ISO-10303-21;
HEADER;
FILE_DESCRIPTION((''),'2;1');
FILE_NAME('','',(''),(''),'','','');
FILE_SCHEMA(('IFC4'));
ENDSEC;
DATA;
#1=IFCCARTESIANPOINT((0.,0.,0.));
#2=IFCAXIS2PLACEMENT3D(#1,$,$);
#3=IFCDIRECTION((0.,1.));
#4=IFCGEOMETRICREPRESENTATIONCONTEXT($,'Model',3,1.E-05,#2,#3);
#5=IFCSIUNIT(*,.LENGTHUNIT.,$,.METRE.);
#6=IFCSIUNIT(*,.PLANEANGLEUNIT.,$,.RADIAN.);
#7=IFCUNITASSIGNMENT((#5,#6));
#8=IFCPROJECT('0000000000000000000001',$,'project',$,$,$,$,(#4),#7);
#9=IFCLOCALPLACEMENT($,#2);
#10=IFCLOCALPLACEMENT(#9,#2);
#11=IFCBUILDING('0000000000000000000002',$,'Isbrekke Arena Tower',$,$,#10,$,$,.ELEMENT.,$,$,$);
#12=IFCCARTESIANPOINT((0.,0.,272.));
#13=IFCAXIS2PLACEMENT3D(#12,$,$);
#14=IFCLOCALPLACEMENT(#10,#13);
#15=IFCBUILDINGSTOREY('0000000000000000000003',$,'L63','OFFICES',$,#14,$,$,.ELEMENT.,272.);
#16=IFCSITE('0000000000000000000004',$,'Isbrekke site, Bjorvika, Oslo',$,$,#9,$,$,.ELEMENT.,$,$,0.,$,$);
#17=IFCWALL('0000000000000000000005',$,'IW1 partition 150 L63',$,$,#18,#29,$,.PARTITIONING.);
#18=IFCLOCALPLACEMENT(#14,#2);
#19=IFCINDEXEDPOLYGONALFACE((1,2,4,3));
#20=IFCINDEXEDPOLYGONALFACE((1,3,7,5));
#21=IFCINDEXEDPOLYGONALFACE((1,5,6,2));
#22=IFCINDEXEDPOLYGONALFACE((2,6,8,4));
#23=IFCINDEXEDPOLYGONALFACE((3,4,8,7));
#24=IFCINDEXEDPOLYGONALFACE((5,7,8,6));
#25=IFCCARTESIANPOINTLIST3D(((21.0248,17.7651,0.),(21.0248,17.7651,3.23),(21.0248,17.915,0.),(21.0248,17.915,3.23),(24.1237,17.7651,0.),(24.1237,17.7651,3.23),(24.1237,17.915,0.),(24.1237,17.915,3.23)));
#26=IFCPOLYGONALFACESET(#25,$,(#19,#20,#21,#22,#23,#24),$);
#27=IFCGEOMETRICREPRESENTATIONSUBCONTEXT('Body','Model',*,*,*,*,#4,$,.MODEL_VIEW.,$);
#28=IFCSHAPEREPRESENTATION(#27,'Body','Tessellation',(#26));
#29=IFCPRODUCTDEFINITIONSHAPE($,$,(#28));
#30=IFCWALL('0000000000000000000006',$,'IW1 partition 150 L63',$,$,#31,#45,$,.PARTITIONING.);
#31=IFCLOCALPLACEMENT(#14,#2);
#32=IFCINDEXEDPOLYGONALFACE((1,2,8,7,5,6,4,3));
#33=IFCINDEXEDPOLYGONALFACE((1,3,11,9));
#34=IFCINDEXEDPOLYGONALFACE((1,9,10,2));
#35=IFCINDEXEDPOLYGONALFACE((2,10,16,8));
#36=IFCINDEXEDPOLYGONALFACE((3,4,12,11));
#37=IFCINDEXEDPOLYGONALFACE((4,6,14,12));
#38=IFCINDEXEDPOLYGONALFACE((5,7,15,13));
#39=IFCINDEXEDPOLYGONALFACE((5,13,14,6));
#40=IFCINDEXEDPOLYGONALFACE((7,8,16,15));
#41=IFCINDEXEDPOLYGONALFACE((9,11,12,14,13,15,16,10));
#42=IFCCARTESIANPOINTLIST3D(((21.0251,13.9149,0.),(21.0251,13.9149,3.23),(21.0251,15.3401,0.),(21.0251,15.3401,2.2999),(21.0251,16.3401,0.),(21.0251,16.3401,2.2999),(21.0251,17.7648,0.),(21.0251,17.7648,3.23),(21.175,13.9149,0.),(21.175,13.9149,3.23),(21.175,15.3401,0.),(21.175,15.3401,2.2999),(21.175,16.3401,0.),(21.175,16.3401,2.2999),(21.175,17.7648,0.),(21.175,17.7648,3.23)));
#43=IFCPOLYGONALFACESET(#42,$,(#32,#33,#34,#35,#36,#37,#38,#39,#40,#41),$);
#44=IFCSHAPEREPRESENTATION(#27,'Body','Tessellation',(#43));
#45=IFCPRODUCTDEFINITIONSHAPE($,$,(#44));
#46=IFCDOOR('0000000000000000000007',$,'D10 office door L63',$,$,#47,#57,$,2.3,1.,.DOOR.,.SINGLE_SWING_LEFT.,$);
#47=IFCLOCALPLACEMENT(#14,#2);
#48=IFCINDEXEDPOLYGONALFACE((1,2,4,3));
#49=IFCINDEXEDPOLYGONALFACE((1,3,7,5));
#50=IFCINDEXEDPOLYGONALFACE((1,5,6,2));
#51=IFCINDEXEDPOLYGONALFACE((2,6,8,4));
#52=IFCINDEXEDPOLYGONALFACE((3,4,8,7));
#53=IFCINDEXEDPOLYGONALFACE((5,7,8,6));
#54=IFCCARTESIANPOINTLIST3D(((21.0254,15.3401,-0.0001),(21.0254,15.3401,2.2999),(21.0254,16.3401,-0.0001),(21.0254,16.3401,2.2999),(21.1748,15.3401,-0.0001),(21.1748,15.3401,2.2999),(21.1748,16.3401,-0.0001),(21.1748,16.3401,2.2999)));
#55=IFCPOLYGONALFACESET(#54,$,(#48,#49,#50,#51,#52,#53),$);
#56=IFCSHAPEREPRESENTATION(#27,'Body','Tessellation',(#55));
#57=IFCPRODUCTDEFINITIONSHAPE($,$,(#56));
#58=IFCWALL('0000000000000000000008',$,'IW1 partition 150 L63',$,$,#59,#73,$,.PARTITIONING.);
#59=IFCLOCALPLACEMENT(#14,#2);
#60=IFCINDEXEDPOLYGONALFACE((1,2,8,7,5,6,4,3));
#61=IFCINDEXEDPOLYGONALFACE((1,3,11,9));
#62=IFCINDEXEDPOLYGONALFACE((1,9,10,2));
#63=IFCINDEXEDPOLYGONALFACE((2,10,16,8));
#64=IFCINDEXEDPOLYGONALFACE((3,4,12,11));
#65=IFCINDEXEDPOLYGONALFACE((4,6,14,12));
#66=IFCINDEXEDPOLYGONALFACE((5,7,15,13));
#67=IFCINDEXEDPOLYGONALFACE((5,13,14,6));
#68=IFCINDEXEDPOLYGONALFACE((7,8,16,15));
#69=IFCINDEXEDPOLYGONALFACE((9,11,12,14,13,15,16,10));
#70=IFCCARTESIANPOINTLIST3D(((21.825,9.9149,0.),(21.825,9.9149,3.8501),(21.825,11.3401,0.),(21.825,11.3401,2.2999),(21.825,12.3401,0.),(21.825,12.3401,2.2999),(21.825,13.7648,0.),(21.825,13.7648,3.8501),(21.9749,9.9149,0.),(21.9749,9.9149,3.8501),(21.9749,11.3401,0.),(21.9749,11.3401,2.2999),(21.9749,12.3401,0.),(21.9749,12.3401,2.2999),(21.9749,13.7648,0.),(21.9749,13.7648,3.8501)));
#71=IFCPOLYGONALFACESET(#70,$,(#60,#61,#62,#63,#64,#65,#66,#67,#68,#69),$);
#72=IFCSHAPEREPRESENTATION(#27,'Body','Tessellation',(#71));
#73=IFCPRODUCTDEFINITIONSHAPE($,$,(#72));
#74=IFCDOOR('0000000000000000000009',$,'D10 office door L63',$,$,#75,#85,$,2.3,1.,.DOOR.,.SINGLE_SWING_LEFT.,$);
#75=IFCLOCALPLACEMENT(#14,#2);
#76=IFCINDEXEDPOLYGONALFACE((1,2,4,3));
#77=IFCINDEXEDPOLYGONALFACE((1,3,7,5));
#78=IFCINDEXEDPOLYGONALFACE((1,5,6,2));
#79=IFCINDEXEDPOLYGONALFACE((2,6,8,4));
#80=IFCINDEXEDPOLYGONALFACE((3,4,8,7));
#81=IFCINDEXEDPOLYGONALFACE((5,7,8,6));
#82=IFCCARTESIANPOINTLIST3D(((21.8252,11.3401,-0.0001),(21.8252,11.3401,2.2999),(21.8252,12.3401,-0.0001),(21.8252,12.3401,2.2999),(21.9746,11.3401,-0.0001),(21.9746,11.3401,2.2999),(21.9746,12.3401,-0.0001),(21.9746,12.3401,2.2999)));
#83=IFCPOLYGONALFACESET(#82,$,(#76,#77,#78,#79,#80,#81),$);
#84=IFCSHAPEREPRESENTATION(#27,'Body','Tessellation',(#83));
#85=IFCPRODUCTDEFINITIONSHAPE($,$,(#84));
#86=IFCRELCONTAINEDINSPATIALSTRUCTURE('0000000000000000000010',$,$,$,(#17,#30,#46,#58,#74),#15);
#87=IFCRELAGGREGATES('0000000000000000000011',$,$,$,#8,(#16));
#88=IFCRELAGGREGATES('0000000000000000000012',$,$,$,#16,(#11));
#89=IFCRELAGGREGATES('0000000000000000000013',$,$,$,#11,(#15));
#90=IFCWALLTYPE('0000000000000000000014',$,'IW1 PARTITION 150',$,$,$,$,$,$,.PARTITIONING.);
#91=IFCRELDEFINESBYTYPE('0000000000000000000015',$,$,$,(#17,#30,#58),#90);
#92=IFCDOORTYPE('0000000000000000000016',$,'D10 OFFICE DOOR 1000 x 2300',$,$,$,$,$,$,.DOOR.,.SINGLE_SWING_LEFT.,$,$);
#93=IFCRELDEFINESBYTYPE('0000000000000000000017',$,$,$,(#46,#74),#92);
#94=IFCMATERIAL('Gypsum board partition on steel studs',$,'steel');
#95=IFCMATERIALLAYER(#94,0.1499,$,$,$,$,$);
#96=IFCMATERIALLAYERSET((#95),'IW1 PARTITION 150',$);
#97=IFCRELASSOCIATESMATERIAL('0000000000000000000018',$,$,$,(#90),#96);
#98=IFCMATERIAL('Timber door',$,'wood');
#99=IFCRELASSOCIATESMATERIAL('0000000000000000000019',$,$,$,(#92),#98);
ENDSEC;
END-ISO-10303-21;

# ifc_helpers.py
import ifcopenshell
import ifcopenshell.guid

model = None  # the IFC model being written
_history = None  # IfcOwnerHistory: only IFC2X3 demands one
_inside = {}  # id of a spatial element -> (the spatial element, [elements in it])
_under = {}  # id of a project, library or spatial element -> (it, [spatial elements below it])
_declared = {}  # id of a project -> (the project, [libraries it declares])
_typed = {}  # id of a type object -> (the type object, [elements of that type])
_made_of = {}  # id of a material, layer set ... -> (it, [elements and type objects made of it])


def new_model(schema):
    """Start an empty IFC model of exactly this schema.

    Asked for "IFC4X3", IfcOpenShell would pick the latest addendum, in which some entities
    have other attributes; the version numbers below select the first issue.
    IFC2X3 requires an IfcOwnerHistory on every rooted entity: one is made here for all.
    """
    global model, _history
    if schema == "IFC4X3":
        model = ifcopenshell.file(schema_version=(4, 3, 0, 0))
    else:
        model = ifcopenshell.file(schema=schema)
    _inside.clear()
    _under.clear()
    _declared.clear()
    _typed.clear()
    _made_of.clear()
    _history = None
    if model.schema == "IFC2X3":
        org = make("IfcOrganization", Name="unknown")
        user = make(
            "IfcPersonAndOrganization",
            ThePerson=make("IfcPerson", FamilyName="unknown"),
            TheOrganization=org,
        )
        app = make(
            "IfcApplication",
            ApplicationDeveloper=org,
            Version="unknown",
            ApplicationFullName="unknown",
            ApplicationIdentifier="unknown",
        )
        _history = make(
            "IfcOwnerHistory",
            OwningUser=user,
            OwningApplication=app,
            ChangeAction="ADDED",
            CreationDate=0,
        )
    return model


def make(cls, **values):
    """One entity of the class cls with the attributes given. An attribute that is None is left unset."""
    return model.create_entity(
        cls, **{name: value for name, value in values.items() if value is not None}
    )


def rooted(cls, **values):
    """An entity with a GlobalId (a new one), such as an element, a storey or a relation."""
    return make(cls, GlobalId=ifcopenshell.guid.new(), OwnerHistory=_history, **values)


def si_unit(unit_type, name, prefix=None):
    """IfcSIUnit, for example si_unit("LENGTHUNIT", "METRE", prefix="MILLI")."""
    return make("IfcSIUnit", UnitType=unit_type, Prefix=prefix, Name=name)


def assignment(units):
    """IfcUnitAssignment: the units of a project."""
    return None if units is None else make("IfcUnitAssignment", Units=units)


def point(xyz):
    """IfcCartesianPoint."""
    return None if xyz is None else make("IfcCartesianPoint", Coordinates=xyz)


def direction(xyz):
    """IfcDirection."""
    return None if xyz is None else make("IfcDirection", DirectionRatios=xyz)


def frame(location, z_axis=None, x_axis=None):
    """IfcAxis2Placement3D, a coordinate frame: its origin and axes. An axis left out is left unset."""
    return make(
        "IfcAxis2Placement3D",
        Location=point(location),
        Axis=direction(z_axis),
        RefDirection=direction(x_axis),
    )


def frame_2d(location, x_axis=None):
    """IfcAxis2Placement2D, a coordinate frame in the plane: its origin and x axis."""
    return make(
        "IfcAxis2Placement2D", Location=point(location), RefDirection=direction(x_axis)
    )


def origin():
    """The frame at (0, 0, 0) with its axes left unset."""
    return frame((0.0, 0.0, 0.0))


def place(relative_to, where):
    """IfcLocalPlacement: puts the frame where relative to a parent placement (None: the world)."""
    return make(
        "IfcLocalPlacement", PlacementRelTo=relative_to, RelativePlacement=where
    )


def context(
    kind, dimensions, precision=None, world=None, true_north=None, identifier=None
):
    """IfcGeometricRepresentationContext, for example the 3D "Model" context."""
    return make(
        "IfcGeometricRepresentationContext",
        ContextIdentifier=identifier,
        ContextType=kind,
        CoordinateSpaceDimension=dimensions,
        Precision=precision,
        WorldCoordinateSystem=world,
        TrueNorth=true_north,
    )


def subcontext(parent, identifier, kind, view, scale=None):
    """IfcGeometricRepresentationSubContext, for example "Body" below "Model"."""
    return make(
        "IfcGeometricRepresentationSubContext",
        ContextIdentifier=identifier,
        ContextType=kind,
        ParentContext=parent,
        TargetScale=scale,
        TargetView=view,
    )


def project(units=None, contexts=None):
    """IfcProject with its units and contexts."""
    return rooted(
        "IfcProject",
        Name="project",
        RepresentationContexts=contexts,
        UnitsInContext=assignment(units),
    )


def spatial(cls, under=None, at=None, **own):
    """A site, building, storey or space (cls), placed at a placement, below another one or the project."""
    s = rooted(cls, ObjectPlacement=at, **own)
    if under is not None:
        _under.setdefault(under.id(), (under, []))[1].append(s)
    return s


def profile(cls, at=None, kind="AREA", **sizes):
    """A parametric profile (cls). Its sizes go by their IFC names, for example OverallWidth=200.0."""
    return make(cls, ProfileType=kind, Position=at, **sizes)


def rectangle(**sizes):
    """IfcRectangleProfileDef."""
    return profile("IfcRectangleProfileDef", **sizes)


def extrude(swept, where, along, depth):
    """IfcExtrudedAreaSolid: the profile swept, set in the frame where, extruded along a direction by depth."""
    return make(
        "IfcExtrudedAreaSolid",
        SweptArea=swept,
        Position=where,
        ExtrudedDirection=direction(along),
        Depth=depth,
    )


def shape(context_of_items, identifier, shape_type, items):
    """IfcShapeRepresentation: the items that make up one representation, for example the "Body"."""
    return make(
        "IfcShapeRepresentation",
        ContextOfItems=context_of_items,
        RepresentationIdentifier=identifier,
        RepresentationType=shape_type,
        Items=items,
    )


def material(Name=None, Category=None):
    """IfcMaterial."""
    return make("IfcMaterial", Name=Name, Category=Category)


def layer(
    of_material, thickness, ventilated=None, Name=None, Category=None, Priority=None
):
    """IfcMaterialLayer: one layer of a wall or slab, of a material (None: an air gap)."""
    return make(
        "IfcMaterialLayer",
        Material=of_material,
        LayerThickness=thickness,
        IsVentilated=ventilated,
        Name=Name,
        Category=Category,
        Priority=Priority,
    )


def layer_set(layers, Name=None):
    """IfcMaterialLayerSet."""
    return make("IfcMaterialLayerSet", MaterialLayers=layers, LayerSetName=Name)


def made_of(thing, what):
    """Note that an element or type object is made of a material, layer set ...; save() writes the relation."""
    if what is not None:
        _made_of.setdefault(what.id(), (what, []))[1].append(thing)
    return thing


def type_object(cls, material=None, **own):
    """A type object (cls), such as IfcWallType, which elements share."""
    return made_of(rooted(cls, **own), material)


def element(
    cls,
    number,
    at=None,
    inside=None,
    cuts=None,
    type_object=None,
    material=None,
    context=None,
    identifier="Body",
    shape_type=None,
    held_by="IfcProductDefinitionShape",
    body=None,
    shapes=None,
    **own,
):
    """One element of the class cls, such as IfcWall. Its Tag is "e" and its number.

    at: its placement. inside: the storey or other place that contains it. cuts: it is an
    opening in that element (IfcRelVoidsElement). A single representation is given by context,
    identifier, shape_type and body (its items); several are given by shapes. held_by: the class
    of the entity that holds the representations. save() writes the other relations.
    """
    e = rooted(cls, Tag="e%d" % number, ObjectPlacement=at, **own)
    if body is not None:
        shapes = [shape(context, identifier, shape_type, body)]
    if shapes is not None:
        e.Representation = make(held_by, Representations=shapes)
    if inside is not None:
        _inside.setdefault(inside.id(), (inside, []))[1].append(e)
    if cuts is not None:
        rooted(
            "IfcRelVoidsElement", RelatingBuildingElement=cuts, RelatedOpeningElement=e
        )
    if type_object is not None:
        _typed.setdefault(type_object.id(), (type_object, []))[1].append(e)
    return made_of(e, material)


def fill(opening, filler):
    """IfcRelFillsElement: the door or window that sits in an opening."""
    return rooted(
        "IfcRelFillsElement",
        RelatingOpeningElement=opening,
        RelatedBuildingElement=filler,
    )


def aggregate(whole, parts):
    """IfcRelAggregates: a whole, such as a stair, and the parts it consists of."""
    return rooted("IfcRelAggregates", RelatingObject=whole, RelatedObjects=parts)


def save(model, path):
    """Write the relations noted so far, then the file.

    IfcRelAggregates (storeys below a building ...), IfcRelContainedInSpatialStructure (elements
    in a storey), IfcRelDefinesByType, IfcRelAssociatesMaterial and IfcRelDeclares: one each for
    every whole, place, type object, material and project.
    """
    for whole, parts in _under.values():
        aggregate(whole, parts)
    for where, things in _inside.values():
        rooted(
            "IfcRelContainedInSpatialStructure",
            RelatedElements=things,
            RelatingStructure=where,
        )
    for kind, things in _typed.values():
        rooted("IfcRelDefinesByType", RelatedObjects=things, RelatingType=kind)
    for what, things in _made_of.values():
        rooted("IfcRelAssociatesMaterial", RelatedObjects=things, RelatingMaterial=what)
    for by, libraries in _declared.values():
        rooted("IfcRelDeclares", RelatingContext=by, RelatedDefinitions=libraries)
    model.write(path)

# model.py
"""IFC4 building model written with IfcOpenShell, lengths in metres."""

from ifc_helpers import new_model, si_unit, direction, frame, frame_2d, origin, place, context, subcontext, project, spatial, rectangle, extrude, material, layer, layer_set, type_object, element, fill, save


model = new_model("IFC4")

# Units and contexts
model_context = context("Model", 3, precision=1e-05, world=origin(), true_north=direction((0.0, 1.0)))
body_context = subcontext(model_context, "Body", "Model", "MODEL_VIEW")
ifc_project = project(units=[si_unit("LENGTHUNIT", "METRE"), si_unit("PLANEANGLEUNIT", "RADIAN")], contexts=[model_context])

# Site, building, storey
site_placement = place(None, origin())
site = spatial("IfcSite", under=ifc_project, at=site_placement, Name="Isbrekke site, Bjorvika, Oslo", CompositionType="ELEMENT", RefElevation=0.0)
building_placement = place(site_placement, origin())
building = spatial("IfcBuilding", under=site, at=building_placement, Name="Isbrekke Arena Tower", CompositionType="ELEMENT")
storey_placement = place(building_placement, frame((0.0, 0.0, 272.0)))
storey = spatial("IfcBuildingStorey", under=building, at=storey_placement, Name="L63", Description="OFFICES", CompositionType="ELEMENT", Elevation=272.0)

# Wall
ifc_material_1 = material(Name="Gypsum board partition on steel studs", Category="steel")
ifc_layer_1 = layer(ifc_material_1, 0.1499)
ifc_layer_set_1 = layer_set([ifc_layer_1], Name="IW1 PARTITION 150")
wall_type = type_object("IfcWallType", Name="IW1 PARTITION 150", PredefinedType="PARTITIONING", material=ifc_layer_set_1)
wall_1_placement = place(storey_placement, frame((21.0249, 17.8401, 0.0), z_axis=(0.0, 0.0, 1.0), x_axis=(1.0, 0.0, 0.0)))
element("IfcWall", 1, at=wall_1_placement, inside=storey, type_object=wall_type, Name="IW1 partition 150 L63", PredefinedType="PARTITIONING", context=body_context, shape_type="SweptSolid", body=[
    extrude(rectangle(XDim=3.0989, YDim=0.1499, at=frame_2d((1.5493, 0.0))), origin(), (0.0, 0.0, 1.0), 3.23),
])

# Walls, openings, doors
wall_2_placement = place(storey_placement, frame((21.1001, 13.915, 0.0), z_axis=(0.0, 0.0, 1.0), x_axis=(0.0, 1.0, 0.0)))
wall_2 = element("IfcWall", 2, at=wall_2_placement, inside=storey, type_object=wall_type, Name="IW1 partition 150 L63", PredefinedType="PARTITIONING", context=body_context, shape_type="SweptSolid", body=[
    extrude(rectangle(XDim=3.8499, YDim=0.1499, at=frame_2d((1.9248, 0.0))), origin(), (0.0, 0.0, 1.0), 3.23),
])
opening_1_placement = place(wall_2_placement, frame((1.425, 0.0, 0.0)))
opening_1 = element("IfcOpeningElement", 3, at=opening_1_placement, cuts=wall_2, PredefinedType="OPENING", context=body_context, shape_type="SweptSolid", body=[
    extrude(rectangle(XDim=1.0, YDim=2.3, at=frame_2d((0.5, 1.1499))), frame((0.0, 0.0898, 0.0), z_axis=(0.0, -1.0, 0.0), x_axis=(1.0, 0.0, 0.0)), (0.0, 0.0, 1.0), 0.1797),
])
ifc_material_2 = material(Name="Timber door", Category="wood")
door_type = type_object("IfcDoorType", Name="D10 OFFICE DOOR 1000 x 2300", OperationType="SINGLE_SWING_LEFT", PredefinedType="DOOR", material=ifc_material_2)
door_1_placement = place(opening_1_placement, origin())
door_1 = element("IfcDoor", 4, at=door_1_placement, inside=storey, type_object=door_type, Name="D10 office door L63", OperationType="SINGLE_SWING_LEFT", OverallHeight=2.3, OverallWidth=1.0, PredefinedType="DOOR", context=body_context, shape_type="SweptSolid", body=[
    extrude(rectangle(XDim=1.0, YDim=2.3, at=frame_2d((0.5, 1.1499))), frame((0.0, 0.0747, 0.0), z_axis=(0.0, -1.0, 0.0), x_axis=(1.0, 0.0, 0.0)), (0.0, 0.0, 1.0), 0.1494),
])
fill(opening_1, door_1)
wall_3_placement = place(storey_placement, frame((21.8999, 9.915, 0.0), z_axis=(0.0, 0.0, 1.0), x_axis=(0.0, 1.0, 0.0)))
wall_3 = element("IfcWall", 5, at=wall_3_placement, inside=storey, type_object=wall_type, Name="IW1 partition 150 L63", PredefinedType="PARTITIONING", context=body_context, shape_type="SweptSolid", body=[
    extrude(rectangle(XDim=3.8499, YDim=0.1499, at=frame_2d((1.9248, 0.0))), origin(), (0.0, 0.0, 1.0), 3.8501),
])
opening_2_placement = place(wall_3_placement, frame((1.425, 0.0, 0.0)))
opening_2 = element("IfcOpeningElement", 6, at=opening_2_placement, cuts=wall_3, PredefinedType="OPENING", context=body_context, shape_type="SweptSolid", body=[
    extrude(rectangle(XDim=1.0, YDim=2.3, at=frame_2d((0.5, 1.1499))), frame((0.0, 0.0898, 0.0), z_axis=(0.0, -1.0, 0.0), x_axis=(1.0, 0.0, 0.0)), (0.0, 0.0, 1.0), 0.1797),
])
door_2_placement = place(opening_2_placement, origin())
door_2 = element("IfcDoor", 7, at=door_2_placement, inside=storey, type_object=door_type, Name="D10 office door L63", OperationType="SINGLE_SWING_LEFT", OverallHeight=2.3, OverallWidth=1.0, PredefinedType="DOOR", context=body_context, shape_type="SweptSolid", body=[
    extrude(rectangle(XDim=1.0, YDim=2.3, at=frame_2d((0.5, 1.1499))), frame((0.0, 0.0747, 0.0), z_axis=(0.0, -1.0, 0.0), x_axis=(1.0, 0.0, 0.0)), (0.0, 0.0, 1.0), 0.1494),
])
fill(opening_2, door_2)

save(model, "model.ifc")
